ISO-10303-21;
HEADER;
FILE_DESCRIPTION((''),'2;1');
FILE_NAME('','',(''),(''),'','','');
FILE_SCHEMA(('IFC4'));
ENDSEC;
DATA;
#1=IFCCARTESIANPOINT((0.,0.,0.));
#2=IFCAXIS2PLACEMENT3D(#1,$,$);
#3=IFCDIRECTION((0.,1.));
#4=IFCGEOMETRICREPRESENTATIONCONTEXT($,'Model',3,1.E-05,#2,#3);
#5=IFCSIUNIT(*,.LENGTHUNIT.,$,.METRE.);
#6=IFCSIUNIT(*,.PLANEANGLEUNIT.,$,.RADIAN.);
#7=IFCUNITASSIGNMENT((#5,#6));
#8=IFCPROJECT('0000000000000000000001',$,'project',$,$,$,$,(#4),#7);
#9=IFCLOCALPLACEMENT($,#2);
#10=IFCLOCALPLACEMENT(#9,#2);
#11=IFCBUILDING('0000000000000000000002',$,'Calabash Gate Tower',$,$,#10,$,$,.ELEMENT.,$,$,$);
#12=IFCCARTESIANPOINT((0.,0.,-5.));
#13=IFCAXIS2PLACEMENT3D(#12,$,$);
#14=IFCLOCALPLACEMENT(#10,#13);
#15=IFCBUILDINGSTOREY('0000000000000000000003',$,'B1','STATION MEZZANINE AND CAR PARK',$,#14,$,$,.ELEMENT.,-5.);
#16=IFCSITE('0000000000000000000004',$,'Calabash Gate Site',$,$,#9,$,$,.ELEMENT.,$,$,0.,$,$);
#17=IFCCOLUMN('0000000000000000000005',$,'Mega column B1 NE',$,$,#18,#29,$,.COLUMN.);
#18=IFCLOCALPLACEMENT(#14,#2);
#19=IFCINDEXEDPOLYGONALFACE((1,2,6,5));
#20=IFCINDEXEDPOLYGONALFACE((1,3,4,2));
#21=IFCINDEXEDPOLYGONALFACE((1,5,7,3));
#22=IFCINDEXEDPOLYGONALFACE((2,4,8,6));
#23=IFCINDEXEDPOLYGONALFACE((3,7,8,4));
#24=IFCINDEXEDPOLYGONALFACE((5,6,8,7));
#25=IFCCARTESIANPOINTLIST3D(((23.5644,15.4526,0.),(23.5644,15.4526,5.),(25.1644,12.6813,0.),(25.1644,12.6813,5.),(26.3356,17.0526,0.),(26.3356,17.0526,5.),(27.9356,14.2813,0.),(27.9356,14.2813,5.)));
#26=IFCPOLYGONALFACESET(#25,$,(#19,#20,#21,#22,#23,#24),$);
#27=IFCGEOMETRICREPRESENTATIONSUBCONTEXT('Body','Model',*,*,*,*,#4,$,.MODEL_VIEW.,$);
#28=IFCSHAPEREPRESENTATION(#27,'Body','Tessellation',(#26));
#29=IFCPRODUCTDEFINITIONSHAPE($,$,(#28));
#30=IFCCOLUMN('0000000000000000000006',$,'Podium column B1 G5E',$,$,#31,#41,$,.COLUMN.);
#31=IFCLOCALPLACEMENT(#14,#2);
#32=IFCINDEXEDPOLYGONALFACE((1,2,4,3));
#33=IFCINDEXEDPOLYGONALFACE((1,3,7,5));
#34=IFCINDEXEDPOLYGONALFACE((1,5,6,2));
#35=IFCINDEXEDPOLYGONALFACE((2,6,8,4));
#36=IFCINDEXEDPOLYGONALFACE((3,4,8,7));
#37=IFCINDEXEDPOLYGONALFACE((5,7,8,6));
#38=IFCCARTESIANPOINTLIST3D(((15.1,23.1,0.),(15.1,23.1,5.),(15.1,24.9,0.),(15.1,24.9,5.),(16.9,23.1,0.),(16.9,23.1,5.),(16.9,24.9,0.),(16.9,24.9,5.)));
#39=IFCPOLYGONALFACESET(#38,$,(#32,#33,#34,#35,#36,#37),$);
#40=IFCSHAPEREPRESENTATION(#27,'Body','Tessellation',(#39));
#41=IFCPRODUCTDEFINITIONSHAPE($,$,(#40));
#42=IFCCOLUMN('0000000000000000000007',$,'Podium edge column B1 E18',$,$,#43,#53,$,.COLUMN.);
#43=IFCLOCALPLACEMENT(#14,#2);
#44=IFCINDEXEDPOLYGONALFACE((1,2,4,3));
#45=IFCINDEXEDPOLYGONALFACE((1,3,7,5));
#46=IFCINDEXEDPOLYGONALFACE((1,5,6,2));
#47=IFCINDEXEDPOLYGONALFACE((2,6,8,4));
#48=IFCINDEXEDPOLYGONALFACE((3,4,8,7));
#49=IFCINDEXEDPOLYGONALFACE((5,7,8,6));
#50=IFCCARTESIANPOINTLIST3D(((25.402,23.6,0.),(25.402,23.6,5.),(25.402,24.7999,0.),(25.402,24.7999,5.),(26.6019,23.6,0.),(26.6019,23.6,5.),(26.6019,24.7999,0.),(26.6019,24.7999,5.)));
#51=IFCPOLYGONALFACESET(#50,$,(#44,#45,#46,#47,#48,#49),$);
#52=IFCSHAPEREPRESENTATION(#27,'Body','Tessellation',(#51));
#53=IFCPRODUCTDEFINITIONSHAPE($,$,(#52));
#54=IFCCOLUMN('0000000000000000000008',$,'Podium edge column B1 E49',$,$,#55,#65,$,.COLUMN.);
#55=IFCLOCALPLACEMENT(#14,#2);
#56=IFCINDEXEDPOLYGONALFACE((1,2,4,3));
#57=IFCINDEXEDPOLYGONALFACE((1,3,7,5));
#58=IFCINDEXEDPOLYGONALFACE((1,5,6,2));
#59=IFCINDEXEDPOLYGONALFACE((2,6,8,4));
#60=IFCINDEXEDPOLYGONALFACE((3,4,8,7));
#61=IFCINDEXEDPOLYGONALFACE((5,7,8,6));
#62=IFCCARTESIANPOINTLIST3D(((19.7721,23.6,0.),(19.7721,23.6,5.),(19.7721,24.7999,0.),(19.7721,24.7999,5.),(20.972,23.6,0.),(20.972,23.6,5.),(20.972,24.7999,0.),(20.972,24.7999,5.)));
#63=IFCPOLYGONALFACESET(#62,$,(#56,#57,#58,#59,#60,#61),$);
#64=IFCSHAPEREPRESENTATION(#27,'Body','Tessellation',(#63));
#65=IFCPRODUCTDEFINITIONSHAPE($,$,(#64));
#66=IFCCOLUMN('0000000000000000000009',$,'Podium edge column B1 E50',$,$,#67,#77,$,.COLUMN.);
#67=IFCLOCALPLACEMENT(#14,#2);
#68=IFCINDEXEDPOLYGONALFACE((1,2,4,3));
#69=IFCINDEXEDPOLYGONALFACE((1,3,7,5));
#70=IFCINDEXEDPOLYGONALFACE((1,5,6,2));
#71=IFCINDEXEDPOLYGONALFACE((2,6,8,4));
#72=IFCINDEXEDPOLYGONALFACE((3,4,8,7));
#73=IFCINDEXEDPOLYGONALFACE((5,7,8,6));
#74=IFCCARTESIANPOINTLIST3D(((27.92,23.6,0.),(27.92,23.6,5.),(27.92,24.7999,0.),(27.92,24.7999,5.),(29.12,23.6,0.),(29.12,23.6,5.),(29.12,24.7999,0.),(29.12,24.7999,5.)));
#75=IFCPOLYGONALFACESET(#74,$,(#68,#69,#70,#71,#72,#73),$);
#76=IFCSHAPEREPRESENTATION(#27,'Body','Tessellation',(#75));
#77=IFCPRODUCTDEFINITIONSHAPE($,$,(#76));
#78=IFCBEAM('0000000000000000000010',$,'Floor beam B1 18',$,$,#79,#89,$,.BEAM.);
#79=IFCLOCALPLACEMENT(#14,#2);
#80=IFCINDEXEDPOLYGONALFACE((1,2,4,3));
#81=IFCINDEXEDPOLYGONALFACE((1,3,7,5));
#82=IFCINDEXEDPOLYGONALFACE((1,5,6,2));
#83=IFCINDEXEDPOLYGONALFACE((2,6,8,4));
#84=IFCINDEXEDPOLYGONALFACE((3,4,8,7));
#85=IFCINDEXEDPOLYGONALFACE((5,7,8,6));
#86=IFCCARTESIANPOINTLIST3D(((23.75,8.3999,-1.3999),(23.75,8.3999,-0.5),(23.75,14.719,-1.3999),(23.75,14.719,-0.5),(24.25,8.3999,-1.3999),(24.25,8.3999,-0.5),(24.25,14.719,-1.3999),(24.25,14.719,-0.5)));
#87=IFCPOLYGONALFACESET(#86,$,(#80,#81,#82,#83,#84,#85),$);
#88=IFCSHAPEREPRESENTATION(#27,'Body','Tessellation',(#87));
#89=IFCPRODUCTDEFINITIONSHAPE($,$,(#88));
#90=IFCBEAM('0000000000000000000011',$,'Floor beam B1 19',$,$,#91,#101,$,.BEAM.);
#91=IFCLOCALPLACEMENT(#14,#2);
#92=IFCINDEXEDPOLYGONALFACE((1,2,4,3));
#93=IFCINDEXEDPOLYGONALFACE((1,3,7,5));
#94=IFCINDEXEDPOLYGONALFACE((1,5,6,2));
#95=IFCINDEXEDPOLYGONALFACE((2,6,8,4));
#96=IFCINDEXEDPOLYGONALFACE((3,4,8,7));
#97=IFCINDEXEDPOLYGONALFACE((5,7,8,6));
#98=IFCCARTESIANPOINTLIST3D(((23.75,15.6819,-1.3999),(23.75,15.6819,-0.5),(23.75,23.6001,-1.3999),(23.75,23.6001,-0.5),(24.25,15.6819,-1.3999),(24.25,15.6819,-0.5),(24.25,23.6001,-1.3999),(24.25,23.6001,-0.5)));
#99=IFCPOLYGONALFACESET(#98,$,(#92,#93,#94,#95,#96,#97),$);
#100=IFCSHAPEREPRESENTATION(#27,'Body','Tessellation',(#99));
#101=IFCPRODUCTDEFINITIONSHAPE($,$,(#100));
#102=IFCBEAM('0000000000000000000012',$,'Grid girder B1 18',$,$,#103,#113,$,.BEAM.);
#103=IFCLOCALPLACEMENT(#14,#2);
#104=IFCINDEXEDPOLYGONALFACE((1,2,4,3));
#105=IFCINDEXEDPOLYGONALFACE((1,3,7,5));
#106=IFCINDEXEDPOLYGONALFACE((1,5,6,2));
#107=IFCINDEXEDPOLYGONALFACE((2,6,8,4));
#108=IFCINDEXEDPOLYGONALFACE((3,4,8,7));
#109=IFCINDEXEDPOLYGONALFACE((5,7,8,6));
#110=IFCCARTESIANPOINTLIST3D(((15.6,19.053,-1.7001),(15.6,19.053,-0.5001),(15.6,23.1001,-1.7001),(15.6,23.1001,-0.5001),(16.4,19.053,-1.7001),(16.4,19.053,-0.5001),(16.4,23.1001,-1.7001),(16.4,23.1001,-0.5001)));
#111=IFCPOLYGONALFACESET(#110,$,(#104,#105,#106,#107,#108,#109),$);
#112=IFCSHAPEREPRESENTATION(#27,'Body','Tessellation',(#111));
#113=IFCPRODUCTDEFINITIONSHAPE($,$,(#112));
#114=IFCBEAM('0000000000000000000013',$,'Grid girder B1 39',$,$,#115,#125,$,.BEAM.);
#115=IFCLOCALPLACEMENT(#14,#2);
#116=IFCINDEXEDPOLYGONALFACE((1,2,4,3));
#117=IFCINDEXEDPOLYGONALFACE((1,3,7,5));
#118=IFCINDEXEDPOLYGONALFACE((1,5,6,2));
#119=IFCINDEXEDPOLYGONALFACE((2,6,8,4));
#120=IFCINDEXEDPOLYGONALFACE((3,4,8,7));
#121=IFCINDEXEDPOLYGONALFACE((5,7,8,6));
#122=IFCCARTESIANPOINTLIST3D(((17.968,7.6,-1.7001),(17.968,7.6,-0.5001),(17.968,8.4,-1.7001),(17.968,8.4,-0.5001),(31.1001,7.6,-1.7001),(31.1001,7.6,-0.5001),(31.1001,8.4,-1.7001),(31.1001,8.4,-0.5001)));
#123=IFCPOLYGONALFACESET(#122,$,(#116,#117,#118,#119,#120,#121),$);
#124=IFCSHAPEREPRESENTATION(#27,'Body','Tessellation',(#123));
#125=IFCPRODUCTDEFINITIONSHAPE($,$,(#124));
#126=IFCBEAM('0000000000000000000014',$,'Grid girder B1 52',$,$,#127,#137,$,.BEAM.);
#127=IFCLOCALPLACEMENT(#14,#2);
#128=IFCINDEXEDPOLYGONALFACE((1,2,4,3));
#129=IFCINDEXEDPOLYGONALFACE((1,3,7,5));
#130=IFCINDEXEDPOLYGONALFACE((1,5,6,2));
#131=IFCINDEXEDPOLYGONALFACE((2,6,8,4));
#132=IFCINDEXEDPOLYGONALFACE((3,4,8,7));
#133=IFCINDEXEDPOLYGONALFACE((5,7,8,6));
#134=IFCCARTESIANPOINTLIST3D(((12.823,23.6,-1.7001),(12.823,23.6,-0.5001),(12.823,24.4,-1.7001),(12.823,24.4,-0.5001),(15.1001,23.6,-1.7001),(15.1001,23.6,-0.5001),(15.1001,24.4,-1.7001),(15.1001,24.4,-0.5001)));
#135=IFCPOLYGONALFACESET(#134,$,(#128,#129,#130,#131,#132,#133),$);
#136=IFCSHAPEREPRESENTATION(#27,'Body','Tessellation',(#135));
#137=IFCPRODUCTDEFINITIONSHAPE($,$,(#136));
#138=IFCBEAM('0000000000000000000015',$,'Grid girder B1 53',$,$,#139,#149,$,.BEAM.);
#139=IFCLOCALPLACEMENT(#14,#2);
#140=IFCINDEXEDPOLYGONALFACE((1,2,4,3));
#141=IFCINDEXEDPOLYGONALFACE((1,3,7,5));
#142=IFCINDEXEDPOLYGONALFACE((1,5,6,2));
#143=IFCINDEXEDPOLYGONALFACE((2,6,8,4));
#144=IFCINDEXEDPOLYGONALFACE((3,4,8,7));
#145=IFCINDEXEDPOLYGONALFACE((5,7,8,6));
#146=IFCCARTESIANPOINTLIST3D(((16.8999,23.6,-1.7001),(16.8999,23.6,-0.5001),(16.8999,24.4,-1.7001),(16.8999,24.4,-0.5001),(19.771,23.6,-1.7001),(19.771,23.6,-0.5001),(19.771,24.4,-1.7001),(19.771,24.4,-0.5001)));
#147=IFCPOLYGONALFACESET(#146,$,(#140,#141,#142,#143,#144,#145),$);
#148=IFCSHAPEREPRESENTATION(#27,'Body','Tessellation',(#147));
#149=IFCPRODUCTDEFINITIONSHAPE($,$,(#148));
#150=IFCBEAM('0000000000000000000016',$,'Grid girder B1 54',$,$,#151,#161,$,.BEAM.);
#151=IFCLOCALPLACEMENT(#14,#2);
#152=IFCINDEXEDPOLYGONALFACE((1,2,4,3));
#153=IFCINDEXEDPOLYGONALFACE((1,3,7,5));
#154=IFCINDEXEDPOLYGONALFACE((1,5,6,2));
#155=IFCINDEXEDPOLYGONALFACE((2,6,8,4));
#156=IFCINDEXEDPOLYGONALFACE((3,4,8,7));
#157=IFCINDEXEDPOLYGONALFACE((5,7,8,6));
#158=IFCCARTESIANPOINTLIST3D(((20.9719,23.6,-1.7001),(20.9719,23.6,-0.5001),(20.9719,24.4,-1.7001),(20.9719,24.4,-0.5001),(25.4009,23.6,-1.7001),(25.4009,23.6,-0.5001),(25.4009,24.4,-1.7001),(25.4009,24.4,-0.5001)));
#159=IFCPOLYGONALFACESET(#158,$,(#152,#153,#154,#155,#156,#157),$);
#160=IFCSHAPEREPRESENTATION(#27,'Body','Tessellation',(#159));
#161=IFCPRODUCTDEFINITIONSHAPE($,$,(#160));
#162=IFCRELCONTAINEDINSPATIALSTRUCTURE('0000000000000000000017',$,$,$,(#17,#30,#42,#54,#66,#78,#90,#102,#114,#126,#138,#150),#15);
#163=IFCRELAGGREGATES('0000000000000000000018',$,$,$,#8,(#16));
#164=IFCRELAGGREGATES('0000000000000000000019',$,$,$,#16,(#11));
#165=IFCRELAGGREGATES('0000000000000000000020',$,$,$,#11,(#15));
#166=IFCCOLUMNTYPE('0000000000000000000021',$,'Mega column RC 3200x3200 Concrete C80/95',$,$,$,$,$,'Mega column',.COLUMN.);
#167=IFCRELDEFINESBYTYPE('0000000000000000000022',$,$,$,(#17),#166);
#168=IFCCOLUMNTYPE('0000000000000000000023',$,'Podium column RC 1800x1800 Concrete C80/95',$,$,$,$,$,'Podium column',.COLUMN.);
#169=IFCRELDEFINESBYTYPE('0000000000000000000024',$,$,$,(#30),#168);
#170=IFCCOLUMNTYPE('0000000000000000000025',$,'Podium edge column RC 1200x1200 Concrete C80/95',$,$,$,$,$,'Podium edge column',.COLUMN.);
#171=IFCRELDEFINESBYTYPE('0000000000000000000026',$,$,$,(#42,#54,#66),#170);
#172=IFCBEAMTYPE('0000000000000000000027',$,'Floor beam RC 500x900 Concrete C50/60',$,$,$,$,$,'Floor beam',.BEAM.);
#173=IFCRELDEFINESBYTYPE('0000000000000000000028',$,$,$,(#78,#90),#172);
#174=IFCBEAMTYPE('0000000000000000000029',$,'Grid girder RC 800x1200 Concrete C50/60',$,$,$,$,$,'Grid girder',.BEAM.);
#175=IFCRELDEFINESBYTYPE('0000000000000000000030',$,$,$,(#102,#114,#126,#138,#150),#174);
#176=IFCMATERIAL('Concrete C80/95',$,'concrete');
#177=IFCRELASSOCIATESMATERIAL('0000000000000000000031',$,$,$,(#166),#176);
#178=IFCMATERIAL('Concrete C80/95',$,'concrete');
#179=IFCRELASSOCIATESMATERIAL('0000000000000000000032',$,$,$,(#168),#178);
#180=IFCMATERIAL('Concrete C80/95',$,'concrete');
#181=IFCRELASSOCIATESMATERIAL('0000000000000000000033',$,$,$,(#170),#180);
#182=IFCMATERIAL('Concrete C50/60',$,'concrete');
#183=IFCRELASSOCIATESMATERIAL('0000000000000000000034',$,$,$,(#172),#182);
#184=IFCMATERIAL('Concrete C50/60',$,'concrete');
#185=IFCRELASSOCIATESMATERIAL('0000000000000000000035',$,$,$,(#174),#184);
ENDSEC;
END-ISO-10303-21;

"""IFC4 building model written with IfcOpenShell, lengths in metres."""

from ifc_helpers import new_model, si_unit, direction, frame, origin, origin_2d, place, context, subcontext, project, spatial, rectangle, extrude, material, material_profile, profile_set, type_object, element, save


model = new_model("IFC4")

# Units and contexts
model_context = context("Model", 3, precision=1e-05, world=origin(), true_north=direction((0.0, 1.0)))
body_context = subcontext(model_context, "Body", "Model", "MODEL_VIEW")
ifc_project = project(units=[si_unit("LENGTHUNIT", "METRE"), si_unit("PLANEANGLEUNIT", "RADIAN")], contexts=[model_context])

# Site, building, storey
site_placement = place(None, origin())
site = spatial("IfcSite", under=ifc_project, at=site_placement, Name="Calabash Gate Site", CompositionType="ELEMENT", RefElevation=0.0)
building_placement = place(site_placement, origin())
building = spatial("IfcBuilding", under=site, at=building_placement, Name="Calabash Gate Tower", CompositionType="ELEMENT")
storey_placement = place(building_placement, frame((0.0, 0.0, -5.0)))
storey = spatial("IfcBuildingStorey", under=building, at=storey_placement, Name="B1", Description="STATION MEZZANINE AND CAR PARK", CompositionType="ELEMENT", Elevation=-5.0)

# Columns
ifc_material_1 = material(Name="Concrete C80/95", Category="concrete")
ifc_material_profile_1 = material_profile(ifc_material_1, rectangle(XDim=3.2, YDim=3.2, at=origin_2d()))
ifc_profile_set_1 = profile_set([ifc_material_profile_1], Name="Concrete C80/95")
column_type_1 = type_object("IfcColumnType", Name="Mega column RC 3200x3200 Concrete C80/95", ElementType="Mega column", PredefinedType="COLUMN", material=ifc_profile_set_1)
column_1_placement = place(storey_placement, frame((25.75, 14.8669, 0.0), z_axis=(0.0, 0.0, 1.0), x_axis=(-0.866025, -0.5, 0.0)))
element("IfcColumn", 1, at=column_1_placement, inside=storey, type_object=column_type_1, Name="Mega column B1 NE", PredefinedType="COLUMN", context=body_context, shape_type="SweptSolid", body=[
    extrude(rectangle(XDim=3.2, YDim=3.2, at=origin_2d()), origin(), (0.0, 0.0, 1.0), 5.0),
])
ifc_material_2 = material(Name="Concrete C80/95", Category="concrete")
ifc_material_profile_2 = material_profile(ifc_material_2, rectangle(XDim=1.8, YDim=1.8, at=origin_2d()))
ifc_profile_set_2 = profile_set([ifc_material_profile_2], Name="Concrete C80/95")
column_type_2 = type_object("IfcColumnType", Name="Podium column RC 1800x1800 Concrete C80/95", ElementType="Podium column", PredefinedType="COLUMN", material=ifc_profile_set_2)
column_2_placement = place(storey_placement, frame((16.0, 24.0, 0.0), z_axis=(0.0, 0.0, 1.0), x_axis=(1.0, 0.0, 0.0)))
element("IfcColumn", 2, at=column_2_placement, inside=storey, type_object=column_type_2, Name="Podium column B1 G5E", PredefinedType="COLUMN", context=body_context, shape_type="SweptSolid", body=[
    extrude(rectangle(XDim=1.8, YDim=1.8, at=origin_2d()), origin(), (0.0, 0.0, 1.0), 5.0),
])
ifc_material_3 = material(Name="Concrete C80/95", Category="concrete")
ifc_material_profile_3 = material_profile(ifc_material_3, rectangle(XDim=1.2, YDim=1.2, at=origin_2d()))
ifc_profile_set_3 = profile_set([ifc_material_profile_3], Name="Concrete C80/95")
column_type_3 = type_object("IfcColumnType", Name="Podium edge column RC 1200x1200 Concrete C80/95", ElementType="Podium edge column", PredefinedType="COLUMN", material=ifc_profile_set_3)
for number, where, z_axis, x_axis, name in (
    (3, (26.002, 24.2, 0.0), (0.0, 0.0, 1.0), (1.0, 0.0, 0.0), "Podium edge column B1 E18"),
    (4, (20.3721, 24.2, 0.0), (0.0, 0.0, 1.0), (1.0, 0.0, 0.0), "Podium edge column B1 E49"),
    (5, (28.52, 24.2, 0.0), (0.0, 0.0, 1.0), (1.0, 0.0, 0.0), "Podium edge column B1 E50"),
):
    element("IfcColumn", number, at=place(storey_placement, frame(where, z_axis=z_axis, x_axis=x_axis)), inside=storey, type_object=column_type_3, Name=name, PredefinedType="COLUMN", context=body_context, shape_type="SweptSolid", body=[
        extrude(rectangle(XDim=1.2, YDim=1.2, at=origin_2d()), origin(), (0.0, 0.0, 1.0), 5.0),
    ])

# Beams
ifc_material_4 = material(Name="Concrete C50/60", Category="concrete")
ifc_material_profile_4 = material_profile(ifc_material_4, rectangle(XDim=0.5, YDim=0.8999, at=origin_2d()))
ifc_profile_set_4 = profile_set([ifc_material_profile_4], Name="Concrete C50/60")
beam_type_1 = type_object("IfcBeamType", Name="Floor beam RC 500x900 Concrete C50/60", ElementType="Floor beam", PredefinedType="BEAM", material=ifc_profile_set_4)
beam_1_placement = place(storey_placement, frame((24.0, 8.3999, -0.95), z_axis=(0.0, 1.0, 0.0), x_axis=(-1.0, 0.0, 0.0)))
element("IfcBeam", 6, at=beam_1_placement, inside=storey, type_object=beam_type_1, Name="Floor beam B1 18", PredefinedType="BEAM", context=body_context, shape_type="SweptSolid", body=[
    extrude(rectangle(XDim=0.5, YDim=0.8999, at=origin_2d()), origin(), (0.0, 0.0, 1.0), 6.3191),
])
beam_2_placement = place(storey_placement, frame((24.0, 15.6819, -0.95), z_axis=(0.0, 1.0, 0.0), x_axis=(-1.0, 0.0, 0.0)))
element("IfcBeam", 7, at=beam_2_placement, inside=storey, type_object=beam_type_1, Name="Floor beam B1 19", PredefinedType="BEAM", context=body_context, shape_type="SweptSolid", body=[
    extrude(rectangle(XDim=0.5, YDim=0.8999, at=origin_2d()), origin(), (0.0, 0.0, 1.0), 7.9182),
])
ifc_material_5 = material(Name="Concrete C50/60", Category="concrete")
ifc_material_profile_5 = material_profile(ifc_material_5, rectangle(XDim=0.8, YDim=1.2, at=origin_2d()))
ifc_profile_set_5 = profile_set([ifc_material_profile_5], Name="Concrete C50/60")
beam_type_2 = type_object("IfcBeamType", Name="Grid girder RC 800x1200 Concrete C50/60", ElementType="Grid girder", PredefinedType="BEAM", material=ifc_profile_set_5)
beam_3_placement = place(storey_placement, frame((16.0, 19.053, -1.1001), z_axis=(0.0, 1.0, 0.0), x_axis=(-1.0, 0.0, 0.0)))
element("IfcBeam", 8, at=beam_3_placement, inside=storey, type_object=beam_type_2, Name="Grid girder B1 18", PredefinedType="BEAM", context=body_context, shape_type="SweptSolid", body=[
    extrude(rectangle(XDim=0.8, YDim=1.2, at=origin_2d()), origin(), (0.0, 0.0, 1.0), 4.0471),
])
beam_4_placement = place(storey_placement, frame((17.968, 8.0, -1.1001), z_axis=(1.0, 0.0, 0.0), x_axis=(0.0, 1.0, 0.0)))
element("IfcBeam", 9, at=beam_4_placement, inside=storey, type_object=beam_type_2, Name="Grid girder B1 39", PredefinedType="BEAM", context=body_context, shape_type="SweptSolid", body=[
    extrude(rectangle(XDim=0.8, YDim=1.2, at=origin_2d()), origin(), (0.0, 0.0, 1.0), 13.1321),
])
beam_5_placement = place(storey_placement, frame((12.823, 24.0, -1.1001), z_axis=(1.0, 0.0, 0.0), x_axis=(0.0, 1.0, 0.0)))
element("IfcBeam", 10, at=beam_5_placement, inside=storey, type_object=beam_type_2, Name="Grid girder B1 52", PredefinedType="BEAM", context=body_context, shape_type="SweptSolid", body=[
    extrude(rectangle(XDim=0.8, YDim=1.2, at=origin_2d()), origin(), (0.0, 0.0, 1.0), 2.2771),
])
beam_6_placement = place(storey_placement, frame((16.8999, 24.0, -1.1001), z_axis=(1.0, 0.0, 0.0), x_axis=(0.0, 1.0, 0.0)))
element("IfcBeam", 11, at=beam_6_placement, inside=storey, type_object=beam_type_2, Name="Grid girder B1 53", PredefinedType="BEAM", context=body_context, shape_type="SweptSolid", body=[
    extrude(rectangle(XDim=0.8, YDim=1.2, at=origin_2d()), origin(), (0.0, 0.0, 1.0), 2.8711),
])
beam_7_placement = place(storey_placement, frame((20.9719, 24.0, -1.1001), z_axis=(1.0, 0.0, 0.0), x_axis=(0.0, 1.0, 0.0)))
element("IfcBeam", 12, at=beam_7_placement, inside=storey, type_object=beam_type_2, Name="Grid girder B1 54", PredefinedType="BEAM", context=body_context, shape_type="SweptSolid", body=[
    extrude(rectangle(XDim=0.8, YDim=1.2, at=origin_2d()), origin(), (0.0, 0.0, 1.0), 4.429),
])

save(model, "model.ifc")
